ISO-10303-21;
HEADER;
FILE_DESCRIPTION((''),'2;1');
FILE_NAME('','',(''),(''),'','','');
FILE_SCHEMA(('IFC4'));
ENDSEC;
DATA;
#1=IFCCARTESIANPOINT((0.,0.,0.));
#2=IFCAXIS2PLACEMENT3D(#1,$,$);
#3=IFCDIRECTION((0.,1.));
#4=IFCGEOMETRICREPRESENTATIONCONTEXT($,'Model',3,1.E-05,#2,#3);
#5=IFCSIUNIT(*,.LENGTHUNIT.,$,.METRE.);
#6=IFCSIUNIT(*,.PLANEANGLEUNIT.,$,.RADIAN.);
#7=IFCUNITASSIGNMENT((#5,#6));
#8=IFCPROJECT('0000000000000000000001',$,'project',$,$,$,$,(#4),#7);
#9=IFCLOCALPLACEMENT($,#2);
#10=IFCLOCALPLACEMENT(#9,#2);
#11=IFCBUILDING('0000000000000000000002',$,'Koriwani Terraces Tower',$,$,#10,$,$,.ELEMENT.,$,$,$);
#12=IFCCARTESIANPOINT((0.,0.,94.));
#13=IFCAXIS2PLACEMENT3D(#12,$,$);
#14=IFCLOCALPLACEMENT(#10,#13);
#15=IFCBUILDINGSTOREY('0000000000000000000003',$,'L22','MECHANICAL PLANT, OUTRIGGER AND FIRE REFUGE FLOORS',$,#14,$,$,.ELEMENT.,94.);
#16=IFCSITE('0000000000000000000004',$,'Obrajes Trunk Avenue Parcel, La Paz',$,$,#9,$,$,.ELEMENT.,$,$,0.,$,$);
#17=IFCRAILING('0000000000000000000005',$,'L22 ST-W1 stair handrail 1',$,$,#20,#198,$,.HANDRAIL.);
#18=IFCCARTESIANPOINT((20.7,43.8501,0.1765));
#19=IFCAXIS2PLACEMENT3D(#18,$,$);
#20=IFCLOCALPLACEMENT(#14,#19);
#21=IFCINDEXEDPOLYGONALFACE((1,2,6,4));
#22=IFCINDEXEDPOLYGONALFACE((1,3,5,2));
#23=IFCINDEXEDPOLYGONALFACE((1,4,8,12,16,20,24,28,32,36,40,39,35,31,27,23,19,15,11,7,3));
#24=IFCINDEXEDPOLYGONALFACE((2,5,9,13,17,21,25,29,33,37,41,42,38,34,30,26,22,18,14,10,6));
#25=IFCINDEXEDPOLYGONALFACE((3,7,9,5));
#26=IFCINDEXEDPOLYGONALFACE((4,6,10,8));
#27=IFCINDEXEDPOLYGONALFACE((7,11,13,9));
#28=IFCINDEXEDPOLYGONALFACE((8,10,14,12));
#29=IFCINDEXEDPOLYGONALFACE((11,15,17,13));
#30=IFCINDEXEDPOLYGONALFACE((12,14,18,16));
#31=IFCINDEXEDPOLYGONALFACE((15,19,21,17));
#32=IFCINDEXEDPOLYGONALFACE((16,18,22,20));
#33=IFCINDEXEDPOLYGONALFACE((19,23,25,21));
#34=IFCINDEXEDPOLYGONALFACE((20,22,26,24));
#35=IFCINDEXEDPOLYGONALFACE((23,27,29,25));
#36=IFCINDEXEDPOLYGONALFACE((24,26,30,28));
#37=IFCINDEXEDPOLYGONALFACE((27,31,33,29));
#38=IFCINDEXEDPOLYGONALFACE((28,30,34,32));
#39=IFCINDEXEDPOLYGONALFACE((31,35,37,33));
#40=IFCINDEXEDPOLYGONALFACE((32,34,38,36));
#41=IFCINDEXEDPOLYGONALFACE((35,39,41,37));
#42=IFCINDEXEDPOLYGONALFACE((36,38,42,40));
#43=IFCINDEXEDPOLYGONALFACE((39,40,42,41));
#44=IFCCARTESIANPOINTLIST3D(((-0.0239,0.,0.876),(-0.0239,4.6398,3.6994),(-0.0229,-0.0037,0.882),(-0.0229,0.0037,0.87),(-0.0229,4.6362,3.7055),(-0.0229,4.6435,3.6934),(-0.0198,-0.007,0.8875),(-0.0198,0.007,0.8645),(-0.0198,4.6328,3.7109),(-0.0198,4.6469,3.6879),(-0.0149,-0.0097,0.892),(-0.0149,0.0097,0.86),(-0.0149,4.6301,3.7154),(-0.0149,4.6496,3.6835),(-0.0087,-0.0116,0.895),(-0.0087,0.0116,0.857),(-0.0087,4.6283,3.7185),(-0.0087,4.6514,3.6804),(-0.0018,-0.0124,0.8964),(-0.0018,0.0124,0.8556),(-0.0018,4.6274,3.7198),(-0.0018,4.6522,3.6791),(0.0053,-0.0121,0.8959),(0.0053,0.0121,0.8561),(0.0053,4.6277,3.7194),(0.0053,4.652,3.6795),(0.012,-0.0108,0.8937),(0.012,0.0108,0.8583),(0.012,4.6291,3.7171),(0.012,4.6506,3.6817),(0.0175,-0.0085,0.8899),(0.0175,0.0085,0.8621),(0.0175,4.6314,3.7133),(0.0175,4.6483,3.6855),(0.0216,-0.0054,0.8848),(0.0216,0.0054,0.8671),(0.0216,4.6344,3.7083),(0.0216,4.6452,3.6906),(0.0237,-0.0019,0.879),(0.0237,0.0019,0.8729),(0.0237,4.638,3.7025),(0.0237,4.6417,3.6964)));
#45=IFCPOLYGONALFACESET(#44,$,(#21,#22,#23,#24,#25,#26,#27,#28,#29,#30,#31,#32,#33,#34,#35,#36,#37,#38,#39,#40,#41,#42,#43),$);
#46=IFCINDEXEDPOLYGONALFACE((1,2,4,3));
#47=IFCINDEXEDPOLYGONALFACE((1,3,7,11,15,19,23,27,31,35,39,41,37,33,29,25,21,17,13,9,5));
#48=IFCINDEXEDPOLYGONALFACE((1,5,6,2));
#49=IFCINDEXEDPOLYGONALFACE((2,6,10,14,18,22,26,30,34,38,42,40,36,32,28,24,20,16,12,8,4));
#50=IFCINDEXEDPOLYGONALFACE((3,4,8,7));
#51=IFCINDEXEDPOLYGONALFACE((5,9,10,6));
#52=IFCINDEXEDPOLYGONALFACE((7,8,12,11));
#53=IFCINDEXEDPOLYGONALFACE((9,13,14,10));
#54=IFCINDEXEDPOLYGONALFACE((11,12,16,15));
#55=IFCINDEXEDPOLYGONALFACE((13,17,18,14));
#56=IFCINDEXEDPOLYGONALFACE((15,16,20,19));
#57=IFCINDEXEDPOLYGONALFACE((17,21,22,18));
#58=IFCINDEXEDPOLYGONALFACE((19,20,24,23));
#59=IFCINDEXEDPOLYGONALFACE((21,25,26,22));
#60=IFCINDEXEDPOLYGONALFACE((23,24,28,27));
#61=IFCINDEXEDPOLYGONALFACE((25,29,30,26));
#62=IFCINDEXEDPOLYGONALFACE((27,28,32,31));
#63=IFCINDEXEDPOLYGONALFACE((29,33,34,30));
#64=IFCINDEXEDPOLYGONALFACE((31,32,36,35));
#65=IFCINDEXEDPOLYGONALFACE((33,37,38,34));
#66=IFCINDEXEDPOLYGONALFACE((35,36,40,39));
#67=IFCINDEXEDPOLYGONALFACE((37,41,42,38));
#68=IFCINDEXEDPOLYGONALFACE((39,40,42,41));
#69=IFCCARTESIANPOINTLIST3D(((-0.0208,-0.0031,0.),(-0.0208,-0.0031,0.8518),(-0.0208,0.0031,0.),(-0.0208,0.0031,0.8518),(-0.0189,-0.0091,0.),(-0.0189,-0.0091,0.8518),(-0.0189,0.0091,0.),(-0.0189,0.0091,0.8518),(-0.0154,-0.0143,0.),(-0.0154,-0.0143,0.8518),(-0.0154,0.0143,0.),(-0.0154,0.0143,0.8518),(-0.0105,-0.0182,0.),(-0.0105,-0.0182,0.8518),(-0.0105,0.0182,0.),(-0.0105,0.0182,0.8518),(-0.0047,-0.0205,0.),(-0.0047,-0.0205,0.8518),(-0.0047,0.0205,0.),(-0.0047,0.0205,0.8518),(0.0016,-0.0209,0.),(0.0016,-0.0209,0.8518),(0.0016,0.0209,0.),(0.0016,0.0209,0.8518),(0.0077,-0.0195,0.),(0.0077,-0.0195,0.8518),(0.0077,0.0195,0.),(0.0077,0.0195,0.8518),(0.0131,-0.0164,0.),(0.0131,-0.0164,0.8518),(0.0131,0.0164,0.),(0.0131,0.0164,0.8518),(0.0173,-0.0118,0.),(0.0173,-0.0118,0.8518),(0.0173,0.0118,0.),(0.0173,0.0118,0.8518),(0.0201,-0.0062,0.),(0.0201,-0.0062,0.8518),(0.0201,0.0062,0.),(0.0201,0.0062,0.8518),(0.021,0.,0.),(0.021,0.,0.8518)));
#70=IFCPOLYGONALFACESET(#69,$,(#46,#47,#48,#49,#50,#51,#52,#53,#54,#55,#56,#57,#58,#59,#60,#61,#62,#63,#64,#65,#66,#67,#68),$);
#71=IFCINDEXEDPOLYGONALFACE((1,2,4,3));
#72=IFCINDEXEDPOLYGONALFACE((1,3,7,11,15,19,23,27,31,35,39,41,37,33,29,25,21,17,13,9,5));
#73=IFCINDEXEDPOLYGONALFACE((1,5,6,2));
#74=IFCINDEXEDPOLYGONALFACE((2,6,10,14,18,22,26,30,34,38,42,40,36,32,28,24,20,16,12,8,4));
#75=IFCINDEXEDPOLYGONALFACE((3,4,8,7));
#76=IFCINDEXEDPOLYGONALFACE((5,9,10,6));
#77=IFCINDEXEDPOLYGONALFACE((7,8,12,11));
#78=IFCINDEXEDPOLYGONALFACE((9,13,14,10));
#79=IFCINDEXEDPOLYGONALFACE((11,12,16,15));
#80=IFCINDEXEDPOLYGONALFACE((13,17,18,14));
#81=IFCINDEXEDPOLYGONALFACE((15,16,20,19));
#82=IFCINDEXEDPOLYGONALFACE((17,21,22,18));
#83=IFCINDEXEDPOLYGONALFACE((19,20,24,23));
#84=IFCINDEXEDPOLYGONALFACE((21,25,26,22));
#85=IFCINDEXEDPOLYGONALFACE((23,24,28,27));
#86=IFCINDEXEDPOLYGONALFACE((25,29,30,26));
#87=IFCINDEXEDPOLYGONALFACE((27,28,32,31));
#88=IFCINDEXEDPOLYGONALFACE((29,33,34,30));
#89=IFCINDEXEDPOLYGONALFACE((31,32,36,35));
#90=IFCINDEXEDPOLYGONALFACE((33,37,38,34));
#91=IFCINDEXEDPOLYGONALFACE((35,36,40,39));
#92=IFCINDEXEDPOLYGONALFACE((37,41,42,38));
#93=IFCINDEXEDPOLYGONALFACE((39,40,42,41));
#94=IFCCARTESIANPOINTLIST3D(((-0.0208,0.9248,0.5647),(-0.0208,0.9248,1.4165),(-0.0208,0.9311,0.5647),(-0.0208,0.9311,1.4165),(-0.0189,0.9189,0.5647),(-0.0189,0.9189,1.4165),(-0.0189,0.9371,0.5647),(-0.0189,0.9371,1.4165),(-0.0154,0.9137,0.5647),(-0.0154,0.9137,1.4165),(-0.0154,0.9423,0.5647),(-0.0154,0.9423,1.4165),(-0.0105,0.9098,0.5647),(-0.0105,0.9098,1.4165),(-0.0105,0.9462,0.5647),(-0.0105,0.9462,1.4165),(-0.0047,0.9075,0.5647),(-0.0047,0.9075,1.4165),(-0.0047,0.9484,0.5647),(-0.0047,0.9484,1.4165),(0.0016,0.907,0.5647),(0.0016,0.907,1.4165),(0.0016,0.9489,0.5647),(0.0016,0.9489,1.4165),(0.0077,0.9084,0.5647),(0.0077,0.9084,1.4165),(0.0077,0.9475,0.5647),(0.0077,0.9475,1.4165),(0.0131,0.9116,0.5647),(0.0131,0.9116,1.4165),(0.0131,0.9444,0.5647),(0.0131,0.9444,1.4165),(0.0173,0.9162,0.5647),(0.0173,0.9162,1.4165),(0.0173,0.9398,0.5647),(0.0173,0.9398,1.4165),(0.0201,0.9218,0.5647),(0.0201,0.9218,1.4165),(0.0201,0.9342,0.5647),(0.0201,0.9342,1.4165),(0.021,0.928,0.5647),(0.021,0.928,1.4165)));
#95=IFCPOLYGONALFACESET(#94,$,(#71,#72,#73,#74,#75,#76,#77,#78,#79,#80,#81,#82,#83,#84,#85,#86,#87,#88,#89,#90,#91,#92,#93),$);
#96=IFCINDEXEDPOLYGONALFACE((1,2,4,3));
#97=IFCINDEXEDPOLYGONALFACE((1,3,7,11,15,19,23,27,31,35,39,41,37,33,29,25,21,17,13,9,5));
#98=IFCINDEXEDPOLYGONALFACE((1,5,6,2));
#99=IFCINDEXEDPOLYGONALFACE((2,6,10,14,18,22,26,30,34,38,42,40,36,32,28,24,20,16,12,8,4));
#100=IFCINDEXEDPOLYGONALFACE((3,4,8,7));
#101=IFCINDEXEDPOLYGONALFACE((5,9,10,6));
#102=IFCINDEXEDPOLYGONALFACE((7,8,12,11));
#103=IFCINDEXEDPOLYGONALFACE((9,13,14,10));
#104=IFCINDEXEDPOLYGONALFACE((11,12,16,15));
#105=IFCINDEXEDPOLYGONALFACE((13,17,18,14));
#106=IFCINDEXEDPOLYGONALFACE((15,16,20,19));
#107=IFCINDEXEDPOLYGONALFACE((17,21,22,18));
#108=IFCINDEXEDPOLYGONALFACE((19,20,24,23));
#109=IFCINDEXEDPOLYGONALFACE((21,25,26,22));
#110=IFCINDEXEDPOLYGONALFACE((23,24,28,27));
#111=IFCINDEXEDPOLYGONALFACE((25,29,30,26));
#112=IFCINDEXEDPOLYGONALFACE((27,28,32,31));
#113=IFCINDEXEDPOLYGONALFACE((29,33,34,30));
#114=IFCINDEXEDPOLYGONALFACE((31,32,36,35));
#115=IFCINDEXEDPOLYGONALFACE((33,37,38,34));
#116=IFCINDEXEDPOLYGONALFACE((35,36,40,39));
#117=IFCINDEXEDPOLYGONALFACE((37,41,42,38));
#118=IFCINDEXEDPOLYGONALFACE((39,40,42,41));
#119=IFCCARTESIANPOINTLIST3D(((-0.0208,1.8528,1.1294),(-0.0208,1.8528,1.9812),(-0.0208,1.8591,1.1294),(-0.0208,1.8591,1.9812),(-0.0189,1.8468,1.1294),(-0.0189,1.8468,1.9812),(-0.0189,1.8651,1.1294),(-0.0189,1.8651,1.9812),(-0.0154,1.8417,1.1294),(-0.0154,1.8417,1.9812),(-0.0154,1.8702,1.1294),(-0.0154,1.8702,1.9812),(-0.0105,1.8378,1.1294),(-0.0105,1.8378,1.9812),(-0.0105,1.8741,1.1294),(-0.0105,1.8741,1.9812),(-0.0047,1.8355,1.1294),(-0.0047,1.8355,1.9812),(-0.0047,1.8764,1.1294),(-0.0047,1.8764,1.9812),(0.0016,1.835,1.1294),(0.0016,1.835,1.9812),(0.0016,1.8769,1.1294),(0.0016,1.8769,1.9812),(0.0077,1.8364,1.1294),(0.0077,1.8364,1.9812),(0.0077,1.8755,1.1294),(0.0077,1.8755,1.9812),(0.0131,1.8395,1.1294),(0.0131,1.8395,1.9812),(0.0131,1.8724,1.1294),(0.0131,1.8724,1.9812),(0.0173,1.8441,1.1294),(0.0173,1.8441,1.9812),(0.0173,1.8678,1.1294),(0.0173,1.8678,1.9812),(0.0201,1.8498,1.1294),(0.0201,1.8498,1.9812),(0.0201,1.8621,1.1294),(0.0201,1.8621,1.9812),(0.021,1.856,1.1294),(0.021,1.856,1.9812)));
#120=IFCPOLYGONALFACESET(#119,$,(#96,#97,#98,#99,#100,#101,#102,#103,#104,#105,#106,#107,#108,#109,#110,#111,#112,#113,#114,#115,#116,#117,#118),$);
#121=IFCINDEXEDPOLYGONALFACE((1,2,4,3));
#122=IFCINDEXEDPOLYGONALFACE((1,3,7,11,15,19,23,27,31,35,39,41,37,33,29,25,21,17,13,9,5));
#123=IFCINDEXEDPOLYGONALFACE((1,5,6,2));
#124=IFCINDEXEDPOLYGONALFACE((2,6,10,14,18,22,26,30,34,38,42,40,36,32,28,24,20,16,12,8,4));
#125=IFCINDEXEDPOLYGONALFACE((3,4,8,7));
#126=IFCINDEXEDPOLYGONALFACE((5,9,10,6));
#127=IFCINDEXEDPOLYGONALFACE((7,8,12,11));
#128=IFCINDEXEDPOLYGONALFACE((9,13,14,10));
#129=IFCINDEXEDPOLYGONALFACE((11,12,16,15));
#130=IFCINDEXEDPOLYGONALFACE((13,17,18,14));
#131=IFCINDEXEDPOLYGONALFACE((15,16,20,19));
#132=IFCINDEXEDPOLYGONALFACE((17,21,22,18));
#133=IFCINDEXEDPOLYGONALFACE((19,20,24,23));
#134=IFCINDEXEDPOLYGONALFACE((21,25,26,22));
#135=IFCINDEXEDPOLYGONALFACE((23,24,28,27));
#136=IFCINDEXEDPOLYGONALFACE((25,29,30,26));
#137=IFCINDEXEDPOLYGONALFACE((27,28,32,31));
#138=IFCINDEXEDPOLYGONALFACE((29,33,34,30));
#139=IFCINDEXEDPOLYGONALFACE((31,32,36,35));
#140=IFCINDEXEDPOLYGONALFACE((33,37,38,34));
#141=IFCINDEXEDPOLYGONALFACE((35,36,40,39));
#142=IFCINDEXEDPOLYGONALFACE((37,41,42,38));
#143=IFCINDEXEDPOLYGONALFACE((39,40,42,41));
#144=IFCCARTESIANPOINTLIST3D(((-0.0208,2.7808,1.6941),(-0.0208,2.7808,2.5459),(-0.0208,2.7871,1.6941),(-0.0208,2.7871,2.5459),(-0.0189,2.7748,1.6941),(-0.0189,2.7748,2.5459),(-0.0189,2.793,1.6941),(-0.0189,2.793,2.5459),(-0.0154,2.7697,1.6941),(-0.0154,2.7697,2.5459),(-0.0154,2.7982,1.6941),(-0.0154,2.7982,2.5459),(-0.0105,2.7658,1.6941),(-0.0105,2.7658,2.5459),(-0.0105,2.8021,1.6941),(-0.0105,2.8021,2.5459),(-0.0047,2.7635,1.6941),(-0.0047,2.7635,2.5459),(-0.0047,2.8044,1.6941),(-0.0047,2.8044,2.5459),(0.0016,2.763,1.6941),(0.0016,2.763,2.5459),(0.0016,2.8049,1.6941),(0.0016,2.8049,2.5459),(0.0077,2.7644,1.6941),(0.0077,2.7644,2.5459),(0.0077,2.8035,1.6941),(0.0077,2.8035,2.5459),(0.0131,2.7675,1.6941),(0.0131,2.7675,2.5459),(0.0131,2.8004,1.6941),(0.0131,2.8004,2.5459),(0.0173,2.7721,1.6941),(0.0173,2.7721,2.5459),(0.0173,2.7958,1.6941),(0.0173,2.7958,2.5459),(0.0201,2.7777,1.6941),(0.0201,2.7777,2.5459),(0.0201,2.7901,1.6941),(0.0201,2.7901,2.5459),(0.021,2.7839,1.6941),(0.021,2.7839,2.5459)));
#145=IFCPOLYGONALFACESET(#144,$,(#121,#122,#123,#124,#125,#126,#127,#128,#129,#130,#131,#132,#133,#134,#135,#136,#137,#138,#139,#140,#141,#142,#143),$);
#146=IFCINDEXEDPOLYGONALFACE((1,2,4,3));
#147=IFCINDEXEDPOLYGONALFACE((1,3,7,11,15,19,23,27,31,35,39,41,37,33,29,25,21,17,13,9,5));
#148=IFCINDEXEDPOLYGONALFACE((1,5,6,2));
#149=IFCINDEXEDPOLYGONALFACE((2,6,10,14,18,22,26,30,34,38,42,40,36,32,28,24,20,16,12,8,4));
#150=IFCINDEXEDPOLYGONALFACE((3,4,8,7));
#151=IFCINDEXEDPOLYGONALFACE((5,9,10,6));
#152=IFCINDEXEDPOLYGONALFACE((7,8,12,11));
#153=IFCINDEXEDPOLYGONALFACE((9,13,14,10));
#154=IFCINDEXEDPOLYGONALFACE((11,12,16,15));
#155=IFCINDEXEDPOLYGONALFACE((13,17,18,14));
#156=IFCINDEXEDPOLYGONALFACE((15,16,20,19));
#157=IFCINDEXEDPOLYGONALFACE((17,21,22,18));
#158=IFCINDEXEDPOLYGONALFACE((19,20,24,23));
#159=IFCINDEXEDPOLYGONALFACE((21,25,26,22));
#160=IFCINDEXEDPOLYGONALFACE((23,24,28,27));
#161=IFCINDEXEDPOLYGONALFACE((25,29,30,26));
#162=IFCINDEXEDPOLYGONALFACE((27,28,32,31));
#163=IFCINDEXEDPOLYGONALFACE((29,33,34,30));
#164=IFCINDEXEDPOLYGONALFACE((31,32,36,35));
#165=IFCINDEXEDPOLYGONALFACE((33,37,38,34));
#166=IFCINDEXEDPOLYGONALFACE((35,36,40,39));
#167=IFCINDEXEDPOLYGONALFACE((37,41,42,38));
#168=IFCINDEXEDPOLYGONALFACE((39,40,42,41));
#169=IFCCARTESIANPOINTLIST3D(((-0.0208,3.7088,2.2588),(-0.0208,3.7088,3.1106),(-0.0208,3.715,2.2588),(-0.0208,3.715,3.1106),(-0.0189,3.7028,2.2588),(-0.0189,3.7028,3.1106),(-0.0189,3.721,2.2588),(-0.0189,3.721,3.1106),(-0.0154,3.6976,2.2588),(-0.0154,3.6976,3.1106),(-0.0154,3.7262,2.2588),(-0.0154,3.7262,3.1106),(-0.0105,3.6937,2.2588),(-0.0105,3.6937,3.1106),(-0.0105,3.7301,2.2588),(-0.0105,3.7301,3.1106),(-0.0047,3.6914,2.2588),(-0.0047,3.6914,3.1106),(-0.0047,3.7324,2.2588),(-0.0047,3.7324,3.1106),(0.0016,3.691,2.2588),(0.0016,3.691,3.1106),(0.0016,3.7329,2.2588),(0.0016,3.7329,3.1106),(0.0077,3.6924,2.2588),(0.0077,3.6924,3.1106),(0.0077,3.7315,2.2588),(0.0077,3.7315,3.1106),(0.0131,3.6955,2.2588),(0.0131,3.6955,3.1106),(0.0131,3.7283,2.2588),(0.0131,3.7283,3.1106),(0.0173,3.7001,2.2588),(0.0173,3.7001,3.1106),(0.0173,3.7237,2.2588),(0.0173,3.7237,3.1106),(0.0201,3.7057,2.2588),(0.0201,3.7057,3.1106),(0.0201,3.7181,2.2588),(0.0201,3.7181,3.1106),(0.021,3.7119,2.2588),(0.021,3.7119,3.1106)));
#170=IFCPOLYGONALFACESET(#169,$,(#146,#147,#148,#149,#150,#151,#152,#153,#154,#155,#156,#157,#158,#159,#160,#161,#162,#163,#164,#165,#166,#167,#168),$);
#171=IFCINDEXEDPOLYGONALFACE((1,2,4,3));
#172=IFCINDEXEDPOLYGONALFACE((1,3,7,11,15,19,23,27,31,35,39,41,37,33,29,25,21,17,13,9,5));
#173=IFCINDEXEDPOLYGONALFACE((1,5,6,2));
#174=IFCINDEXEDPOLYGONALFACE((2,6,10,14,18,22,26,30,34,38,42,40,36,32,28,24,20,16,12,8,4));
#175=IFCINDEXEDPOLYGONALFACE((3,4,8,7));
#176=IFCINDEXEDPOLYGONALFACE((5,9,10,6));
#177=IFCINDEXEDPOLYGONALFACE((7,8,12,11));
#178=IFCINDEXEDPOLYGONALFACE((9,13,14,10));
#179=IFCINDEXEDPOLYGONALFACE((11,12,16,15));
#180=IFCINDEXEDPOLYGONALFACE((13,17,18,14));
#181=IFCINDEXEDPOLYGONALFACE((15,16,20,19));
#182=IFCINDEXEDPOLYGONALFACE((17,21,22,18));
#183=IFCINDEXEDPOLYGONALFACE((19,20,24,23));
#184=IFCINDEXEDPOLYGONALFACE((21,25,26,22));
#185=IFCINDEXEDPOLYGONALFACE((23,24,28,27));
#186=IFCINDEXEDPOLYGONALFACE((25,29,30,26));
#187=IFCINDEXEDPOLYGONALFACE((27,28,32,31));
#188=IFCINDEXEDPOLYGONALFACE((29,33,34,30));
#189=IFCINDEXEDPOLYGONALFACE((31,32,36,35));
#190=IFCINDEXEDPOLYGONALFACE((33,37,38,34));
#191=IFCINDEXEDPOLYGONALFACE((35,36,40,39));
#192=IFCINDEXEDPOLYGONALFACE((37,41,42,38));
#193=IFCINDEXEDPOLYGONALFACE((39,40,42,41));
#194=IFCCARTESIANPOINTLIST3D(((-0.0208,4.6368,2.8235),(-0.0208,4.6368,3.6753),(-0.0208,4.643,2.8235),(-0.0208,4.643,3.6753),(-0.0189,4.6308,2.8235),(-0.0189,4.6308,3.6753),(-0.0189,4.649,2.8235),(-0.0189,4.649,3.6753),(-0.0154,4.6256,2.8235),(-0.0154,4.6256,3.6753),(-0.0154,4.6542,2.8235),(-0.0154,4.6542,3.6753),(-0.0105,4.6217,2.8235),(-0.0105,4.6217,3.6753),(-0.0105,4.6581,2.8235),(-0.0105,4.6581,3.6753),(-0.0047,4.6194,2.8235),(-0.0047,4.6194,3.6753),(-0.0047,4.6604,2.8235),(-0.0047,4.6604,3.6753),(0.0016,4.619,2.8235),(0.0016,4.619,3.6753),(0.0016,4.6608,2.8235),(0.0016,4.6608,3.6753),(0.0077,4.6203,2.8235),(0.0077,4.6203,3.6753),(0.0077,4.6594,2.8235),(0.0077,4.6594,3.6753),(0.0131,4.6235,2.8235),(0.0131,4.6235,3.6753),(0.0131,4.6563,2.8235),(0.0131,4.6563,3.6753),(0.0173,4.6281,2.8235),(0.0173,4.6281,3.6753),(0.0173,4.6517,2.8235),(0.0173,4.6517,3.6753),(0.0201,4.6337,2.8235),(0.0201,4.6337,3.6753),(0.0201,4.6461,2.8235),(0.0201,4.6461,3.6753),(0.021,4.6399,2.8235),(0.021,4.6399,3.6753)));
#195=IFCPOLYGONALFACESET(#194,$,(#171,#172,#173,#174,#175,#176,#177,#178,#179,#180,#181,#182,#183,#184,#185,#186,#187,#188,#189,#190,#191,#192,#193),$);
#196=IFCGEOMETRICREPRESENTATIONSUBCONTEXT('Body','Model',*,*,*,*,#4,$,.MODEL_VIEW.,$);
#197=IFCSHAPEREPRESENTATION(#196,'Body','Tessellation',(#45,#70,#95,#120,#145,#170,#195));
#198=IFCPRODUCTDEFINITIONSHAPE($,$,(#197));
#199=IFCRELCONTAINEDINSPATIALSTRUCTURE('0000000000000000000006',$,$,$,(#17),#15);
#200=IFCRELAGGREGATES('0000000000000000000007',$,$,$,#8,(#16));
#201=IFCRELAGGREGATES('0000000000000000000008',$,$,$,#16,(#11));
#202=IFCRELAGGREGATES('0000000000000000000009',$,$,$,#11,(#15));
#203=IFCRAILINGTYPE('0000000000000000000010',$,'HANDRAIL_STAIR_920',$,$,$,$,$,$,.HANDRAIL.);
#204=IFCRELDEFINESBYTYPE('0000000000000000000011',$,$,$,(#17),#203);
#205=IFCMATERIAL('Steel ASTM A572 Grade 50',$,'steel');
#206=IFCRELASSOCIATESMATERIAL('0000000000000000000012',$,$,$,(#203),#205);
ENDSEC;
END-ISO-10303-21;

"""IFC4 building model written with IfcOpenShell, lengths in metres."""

from ifc_helpers import new_model, si_unit, direction, frame, origin, origin_2d, place, context, subcontext, project, spatial, circle, extrude, material, type_object, element, save


model = new_model("IFC4")

# Units and contexts
model_context = context("Model", 3, precision=1e-05, world=origin(), true_north=direction((0.0, 1.0)))
body_context = subcontext(model_context, "Body", "Model", "MODEL_VIEW")
ifc_project = project(units=[si_unit("LENGTHUNIT", "METRE"), si_unit("PLANEANGLEUNIT", "RADIAN")], contexts=[model_context])

# Site, building, storey
site_placement = place(None, origin())
site = spatial("IfcSite", under=ifc_project, at=site_placement, Name="Obrajes Trunk Avenue Parcel, La Paz", CompositionType="ELEMENT", RefElevation=0.0)
building_placement = place(site_placement, origin())
building = spatial("IfcBuilding", under=site, at=building_placement, Name="Koriwani Terraces Tower", CompositionType="ELEMENT")
storey_placement = place(building_placement, frame((0.0, 0.0, 94.0)))
storey = spatial("IfcBuildingStorey", under=building, at=storey_placement, Name="L22", Description="MECHANICAL PLANT, OUTRIGGER AND FIRE REFUGE FLOORS", CompositionType="ELEMENT", Elevation=94.0)

# Shared definitions
ifc_material_1 = material(Name="Steel ASTM A572 Grade 50", Category="steel")

# Railing
railing_type_1 = type_object("IfcRailingType", Name="HANDRAIL_STAIR_920", PredefinedType="HANDRAIL", material=ifc_material_1)
railing_1_placement = place(storey_placement, frame((20.7, 43.8501, 0.1765)))
element("IfcRailing", 1, at=railing_1_placement, inside=storey, type_object=railing_type_1, Name="L22 ST-W1 stair handrail 1", PredefinedType="HANDRAIL", context=body_context, shape_type="SweptSolid", body=[
    extrude(circle(Radius=0.0239, at=origin_2d()), frame((0.0, 0.0, 0.876), z_axis=(0.0, 0.854264, 0.51984), x_axis=(-1.0, 0.0, 0.0)), (0.0, 0.0, 1.0), 5.4314),
    extrude(circle(Radius=0.021, at=origin_2d()), origin(), (0.0, 0.0, 1.0), 0.8518),
    extrude(circle(Radius=0.021, at=origin_2d()), frame((0.0, 0.928, 0.5647)), (0.0, 0.0, 1.0), 0.8518),
    extrude(circle(Radius=0.021, at=origin_2d()), frame((0.0, 1.856, 1.1294)), (0.0, 0.0, 1.0), 0.8518),
    extrude(circle(Radius=0.021, at=origin_2d()), frame((0.0, 2.7839, 1.6941)), (0.0, 0.0, 1.0), 0.8518),
    extrude(circle(Radius=0.021, at=origin_2d()), frame((0.0, 3.7119, 2.2588)), (0.0, 0.0, 1.0), 0.8518),
    extrude(circle(Radius=0.021, at=origin_2d()), frame((0.0, 4.6399, 2.8235)), (0.0, 0.0, 1.0), 0.8518),
])

save(model, "model.ifc")
